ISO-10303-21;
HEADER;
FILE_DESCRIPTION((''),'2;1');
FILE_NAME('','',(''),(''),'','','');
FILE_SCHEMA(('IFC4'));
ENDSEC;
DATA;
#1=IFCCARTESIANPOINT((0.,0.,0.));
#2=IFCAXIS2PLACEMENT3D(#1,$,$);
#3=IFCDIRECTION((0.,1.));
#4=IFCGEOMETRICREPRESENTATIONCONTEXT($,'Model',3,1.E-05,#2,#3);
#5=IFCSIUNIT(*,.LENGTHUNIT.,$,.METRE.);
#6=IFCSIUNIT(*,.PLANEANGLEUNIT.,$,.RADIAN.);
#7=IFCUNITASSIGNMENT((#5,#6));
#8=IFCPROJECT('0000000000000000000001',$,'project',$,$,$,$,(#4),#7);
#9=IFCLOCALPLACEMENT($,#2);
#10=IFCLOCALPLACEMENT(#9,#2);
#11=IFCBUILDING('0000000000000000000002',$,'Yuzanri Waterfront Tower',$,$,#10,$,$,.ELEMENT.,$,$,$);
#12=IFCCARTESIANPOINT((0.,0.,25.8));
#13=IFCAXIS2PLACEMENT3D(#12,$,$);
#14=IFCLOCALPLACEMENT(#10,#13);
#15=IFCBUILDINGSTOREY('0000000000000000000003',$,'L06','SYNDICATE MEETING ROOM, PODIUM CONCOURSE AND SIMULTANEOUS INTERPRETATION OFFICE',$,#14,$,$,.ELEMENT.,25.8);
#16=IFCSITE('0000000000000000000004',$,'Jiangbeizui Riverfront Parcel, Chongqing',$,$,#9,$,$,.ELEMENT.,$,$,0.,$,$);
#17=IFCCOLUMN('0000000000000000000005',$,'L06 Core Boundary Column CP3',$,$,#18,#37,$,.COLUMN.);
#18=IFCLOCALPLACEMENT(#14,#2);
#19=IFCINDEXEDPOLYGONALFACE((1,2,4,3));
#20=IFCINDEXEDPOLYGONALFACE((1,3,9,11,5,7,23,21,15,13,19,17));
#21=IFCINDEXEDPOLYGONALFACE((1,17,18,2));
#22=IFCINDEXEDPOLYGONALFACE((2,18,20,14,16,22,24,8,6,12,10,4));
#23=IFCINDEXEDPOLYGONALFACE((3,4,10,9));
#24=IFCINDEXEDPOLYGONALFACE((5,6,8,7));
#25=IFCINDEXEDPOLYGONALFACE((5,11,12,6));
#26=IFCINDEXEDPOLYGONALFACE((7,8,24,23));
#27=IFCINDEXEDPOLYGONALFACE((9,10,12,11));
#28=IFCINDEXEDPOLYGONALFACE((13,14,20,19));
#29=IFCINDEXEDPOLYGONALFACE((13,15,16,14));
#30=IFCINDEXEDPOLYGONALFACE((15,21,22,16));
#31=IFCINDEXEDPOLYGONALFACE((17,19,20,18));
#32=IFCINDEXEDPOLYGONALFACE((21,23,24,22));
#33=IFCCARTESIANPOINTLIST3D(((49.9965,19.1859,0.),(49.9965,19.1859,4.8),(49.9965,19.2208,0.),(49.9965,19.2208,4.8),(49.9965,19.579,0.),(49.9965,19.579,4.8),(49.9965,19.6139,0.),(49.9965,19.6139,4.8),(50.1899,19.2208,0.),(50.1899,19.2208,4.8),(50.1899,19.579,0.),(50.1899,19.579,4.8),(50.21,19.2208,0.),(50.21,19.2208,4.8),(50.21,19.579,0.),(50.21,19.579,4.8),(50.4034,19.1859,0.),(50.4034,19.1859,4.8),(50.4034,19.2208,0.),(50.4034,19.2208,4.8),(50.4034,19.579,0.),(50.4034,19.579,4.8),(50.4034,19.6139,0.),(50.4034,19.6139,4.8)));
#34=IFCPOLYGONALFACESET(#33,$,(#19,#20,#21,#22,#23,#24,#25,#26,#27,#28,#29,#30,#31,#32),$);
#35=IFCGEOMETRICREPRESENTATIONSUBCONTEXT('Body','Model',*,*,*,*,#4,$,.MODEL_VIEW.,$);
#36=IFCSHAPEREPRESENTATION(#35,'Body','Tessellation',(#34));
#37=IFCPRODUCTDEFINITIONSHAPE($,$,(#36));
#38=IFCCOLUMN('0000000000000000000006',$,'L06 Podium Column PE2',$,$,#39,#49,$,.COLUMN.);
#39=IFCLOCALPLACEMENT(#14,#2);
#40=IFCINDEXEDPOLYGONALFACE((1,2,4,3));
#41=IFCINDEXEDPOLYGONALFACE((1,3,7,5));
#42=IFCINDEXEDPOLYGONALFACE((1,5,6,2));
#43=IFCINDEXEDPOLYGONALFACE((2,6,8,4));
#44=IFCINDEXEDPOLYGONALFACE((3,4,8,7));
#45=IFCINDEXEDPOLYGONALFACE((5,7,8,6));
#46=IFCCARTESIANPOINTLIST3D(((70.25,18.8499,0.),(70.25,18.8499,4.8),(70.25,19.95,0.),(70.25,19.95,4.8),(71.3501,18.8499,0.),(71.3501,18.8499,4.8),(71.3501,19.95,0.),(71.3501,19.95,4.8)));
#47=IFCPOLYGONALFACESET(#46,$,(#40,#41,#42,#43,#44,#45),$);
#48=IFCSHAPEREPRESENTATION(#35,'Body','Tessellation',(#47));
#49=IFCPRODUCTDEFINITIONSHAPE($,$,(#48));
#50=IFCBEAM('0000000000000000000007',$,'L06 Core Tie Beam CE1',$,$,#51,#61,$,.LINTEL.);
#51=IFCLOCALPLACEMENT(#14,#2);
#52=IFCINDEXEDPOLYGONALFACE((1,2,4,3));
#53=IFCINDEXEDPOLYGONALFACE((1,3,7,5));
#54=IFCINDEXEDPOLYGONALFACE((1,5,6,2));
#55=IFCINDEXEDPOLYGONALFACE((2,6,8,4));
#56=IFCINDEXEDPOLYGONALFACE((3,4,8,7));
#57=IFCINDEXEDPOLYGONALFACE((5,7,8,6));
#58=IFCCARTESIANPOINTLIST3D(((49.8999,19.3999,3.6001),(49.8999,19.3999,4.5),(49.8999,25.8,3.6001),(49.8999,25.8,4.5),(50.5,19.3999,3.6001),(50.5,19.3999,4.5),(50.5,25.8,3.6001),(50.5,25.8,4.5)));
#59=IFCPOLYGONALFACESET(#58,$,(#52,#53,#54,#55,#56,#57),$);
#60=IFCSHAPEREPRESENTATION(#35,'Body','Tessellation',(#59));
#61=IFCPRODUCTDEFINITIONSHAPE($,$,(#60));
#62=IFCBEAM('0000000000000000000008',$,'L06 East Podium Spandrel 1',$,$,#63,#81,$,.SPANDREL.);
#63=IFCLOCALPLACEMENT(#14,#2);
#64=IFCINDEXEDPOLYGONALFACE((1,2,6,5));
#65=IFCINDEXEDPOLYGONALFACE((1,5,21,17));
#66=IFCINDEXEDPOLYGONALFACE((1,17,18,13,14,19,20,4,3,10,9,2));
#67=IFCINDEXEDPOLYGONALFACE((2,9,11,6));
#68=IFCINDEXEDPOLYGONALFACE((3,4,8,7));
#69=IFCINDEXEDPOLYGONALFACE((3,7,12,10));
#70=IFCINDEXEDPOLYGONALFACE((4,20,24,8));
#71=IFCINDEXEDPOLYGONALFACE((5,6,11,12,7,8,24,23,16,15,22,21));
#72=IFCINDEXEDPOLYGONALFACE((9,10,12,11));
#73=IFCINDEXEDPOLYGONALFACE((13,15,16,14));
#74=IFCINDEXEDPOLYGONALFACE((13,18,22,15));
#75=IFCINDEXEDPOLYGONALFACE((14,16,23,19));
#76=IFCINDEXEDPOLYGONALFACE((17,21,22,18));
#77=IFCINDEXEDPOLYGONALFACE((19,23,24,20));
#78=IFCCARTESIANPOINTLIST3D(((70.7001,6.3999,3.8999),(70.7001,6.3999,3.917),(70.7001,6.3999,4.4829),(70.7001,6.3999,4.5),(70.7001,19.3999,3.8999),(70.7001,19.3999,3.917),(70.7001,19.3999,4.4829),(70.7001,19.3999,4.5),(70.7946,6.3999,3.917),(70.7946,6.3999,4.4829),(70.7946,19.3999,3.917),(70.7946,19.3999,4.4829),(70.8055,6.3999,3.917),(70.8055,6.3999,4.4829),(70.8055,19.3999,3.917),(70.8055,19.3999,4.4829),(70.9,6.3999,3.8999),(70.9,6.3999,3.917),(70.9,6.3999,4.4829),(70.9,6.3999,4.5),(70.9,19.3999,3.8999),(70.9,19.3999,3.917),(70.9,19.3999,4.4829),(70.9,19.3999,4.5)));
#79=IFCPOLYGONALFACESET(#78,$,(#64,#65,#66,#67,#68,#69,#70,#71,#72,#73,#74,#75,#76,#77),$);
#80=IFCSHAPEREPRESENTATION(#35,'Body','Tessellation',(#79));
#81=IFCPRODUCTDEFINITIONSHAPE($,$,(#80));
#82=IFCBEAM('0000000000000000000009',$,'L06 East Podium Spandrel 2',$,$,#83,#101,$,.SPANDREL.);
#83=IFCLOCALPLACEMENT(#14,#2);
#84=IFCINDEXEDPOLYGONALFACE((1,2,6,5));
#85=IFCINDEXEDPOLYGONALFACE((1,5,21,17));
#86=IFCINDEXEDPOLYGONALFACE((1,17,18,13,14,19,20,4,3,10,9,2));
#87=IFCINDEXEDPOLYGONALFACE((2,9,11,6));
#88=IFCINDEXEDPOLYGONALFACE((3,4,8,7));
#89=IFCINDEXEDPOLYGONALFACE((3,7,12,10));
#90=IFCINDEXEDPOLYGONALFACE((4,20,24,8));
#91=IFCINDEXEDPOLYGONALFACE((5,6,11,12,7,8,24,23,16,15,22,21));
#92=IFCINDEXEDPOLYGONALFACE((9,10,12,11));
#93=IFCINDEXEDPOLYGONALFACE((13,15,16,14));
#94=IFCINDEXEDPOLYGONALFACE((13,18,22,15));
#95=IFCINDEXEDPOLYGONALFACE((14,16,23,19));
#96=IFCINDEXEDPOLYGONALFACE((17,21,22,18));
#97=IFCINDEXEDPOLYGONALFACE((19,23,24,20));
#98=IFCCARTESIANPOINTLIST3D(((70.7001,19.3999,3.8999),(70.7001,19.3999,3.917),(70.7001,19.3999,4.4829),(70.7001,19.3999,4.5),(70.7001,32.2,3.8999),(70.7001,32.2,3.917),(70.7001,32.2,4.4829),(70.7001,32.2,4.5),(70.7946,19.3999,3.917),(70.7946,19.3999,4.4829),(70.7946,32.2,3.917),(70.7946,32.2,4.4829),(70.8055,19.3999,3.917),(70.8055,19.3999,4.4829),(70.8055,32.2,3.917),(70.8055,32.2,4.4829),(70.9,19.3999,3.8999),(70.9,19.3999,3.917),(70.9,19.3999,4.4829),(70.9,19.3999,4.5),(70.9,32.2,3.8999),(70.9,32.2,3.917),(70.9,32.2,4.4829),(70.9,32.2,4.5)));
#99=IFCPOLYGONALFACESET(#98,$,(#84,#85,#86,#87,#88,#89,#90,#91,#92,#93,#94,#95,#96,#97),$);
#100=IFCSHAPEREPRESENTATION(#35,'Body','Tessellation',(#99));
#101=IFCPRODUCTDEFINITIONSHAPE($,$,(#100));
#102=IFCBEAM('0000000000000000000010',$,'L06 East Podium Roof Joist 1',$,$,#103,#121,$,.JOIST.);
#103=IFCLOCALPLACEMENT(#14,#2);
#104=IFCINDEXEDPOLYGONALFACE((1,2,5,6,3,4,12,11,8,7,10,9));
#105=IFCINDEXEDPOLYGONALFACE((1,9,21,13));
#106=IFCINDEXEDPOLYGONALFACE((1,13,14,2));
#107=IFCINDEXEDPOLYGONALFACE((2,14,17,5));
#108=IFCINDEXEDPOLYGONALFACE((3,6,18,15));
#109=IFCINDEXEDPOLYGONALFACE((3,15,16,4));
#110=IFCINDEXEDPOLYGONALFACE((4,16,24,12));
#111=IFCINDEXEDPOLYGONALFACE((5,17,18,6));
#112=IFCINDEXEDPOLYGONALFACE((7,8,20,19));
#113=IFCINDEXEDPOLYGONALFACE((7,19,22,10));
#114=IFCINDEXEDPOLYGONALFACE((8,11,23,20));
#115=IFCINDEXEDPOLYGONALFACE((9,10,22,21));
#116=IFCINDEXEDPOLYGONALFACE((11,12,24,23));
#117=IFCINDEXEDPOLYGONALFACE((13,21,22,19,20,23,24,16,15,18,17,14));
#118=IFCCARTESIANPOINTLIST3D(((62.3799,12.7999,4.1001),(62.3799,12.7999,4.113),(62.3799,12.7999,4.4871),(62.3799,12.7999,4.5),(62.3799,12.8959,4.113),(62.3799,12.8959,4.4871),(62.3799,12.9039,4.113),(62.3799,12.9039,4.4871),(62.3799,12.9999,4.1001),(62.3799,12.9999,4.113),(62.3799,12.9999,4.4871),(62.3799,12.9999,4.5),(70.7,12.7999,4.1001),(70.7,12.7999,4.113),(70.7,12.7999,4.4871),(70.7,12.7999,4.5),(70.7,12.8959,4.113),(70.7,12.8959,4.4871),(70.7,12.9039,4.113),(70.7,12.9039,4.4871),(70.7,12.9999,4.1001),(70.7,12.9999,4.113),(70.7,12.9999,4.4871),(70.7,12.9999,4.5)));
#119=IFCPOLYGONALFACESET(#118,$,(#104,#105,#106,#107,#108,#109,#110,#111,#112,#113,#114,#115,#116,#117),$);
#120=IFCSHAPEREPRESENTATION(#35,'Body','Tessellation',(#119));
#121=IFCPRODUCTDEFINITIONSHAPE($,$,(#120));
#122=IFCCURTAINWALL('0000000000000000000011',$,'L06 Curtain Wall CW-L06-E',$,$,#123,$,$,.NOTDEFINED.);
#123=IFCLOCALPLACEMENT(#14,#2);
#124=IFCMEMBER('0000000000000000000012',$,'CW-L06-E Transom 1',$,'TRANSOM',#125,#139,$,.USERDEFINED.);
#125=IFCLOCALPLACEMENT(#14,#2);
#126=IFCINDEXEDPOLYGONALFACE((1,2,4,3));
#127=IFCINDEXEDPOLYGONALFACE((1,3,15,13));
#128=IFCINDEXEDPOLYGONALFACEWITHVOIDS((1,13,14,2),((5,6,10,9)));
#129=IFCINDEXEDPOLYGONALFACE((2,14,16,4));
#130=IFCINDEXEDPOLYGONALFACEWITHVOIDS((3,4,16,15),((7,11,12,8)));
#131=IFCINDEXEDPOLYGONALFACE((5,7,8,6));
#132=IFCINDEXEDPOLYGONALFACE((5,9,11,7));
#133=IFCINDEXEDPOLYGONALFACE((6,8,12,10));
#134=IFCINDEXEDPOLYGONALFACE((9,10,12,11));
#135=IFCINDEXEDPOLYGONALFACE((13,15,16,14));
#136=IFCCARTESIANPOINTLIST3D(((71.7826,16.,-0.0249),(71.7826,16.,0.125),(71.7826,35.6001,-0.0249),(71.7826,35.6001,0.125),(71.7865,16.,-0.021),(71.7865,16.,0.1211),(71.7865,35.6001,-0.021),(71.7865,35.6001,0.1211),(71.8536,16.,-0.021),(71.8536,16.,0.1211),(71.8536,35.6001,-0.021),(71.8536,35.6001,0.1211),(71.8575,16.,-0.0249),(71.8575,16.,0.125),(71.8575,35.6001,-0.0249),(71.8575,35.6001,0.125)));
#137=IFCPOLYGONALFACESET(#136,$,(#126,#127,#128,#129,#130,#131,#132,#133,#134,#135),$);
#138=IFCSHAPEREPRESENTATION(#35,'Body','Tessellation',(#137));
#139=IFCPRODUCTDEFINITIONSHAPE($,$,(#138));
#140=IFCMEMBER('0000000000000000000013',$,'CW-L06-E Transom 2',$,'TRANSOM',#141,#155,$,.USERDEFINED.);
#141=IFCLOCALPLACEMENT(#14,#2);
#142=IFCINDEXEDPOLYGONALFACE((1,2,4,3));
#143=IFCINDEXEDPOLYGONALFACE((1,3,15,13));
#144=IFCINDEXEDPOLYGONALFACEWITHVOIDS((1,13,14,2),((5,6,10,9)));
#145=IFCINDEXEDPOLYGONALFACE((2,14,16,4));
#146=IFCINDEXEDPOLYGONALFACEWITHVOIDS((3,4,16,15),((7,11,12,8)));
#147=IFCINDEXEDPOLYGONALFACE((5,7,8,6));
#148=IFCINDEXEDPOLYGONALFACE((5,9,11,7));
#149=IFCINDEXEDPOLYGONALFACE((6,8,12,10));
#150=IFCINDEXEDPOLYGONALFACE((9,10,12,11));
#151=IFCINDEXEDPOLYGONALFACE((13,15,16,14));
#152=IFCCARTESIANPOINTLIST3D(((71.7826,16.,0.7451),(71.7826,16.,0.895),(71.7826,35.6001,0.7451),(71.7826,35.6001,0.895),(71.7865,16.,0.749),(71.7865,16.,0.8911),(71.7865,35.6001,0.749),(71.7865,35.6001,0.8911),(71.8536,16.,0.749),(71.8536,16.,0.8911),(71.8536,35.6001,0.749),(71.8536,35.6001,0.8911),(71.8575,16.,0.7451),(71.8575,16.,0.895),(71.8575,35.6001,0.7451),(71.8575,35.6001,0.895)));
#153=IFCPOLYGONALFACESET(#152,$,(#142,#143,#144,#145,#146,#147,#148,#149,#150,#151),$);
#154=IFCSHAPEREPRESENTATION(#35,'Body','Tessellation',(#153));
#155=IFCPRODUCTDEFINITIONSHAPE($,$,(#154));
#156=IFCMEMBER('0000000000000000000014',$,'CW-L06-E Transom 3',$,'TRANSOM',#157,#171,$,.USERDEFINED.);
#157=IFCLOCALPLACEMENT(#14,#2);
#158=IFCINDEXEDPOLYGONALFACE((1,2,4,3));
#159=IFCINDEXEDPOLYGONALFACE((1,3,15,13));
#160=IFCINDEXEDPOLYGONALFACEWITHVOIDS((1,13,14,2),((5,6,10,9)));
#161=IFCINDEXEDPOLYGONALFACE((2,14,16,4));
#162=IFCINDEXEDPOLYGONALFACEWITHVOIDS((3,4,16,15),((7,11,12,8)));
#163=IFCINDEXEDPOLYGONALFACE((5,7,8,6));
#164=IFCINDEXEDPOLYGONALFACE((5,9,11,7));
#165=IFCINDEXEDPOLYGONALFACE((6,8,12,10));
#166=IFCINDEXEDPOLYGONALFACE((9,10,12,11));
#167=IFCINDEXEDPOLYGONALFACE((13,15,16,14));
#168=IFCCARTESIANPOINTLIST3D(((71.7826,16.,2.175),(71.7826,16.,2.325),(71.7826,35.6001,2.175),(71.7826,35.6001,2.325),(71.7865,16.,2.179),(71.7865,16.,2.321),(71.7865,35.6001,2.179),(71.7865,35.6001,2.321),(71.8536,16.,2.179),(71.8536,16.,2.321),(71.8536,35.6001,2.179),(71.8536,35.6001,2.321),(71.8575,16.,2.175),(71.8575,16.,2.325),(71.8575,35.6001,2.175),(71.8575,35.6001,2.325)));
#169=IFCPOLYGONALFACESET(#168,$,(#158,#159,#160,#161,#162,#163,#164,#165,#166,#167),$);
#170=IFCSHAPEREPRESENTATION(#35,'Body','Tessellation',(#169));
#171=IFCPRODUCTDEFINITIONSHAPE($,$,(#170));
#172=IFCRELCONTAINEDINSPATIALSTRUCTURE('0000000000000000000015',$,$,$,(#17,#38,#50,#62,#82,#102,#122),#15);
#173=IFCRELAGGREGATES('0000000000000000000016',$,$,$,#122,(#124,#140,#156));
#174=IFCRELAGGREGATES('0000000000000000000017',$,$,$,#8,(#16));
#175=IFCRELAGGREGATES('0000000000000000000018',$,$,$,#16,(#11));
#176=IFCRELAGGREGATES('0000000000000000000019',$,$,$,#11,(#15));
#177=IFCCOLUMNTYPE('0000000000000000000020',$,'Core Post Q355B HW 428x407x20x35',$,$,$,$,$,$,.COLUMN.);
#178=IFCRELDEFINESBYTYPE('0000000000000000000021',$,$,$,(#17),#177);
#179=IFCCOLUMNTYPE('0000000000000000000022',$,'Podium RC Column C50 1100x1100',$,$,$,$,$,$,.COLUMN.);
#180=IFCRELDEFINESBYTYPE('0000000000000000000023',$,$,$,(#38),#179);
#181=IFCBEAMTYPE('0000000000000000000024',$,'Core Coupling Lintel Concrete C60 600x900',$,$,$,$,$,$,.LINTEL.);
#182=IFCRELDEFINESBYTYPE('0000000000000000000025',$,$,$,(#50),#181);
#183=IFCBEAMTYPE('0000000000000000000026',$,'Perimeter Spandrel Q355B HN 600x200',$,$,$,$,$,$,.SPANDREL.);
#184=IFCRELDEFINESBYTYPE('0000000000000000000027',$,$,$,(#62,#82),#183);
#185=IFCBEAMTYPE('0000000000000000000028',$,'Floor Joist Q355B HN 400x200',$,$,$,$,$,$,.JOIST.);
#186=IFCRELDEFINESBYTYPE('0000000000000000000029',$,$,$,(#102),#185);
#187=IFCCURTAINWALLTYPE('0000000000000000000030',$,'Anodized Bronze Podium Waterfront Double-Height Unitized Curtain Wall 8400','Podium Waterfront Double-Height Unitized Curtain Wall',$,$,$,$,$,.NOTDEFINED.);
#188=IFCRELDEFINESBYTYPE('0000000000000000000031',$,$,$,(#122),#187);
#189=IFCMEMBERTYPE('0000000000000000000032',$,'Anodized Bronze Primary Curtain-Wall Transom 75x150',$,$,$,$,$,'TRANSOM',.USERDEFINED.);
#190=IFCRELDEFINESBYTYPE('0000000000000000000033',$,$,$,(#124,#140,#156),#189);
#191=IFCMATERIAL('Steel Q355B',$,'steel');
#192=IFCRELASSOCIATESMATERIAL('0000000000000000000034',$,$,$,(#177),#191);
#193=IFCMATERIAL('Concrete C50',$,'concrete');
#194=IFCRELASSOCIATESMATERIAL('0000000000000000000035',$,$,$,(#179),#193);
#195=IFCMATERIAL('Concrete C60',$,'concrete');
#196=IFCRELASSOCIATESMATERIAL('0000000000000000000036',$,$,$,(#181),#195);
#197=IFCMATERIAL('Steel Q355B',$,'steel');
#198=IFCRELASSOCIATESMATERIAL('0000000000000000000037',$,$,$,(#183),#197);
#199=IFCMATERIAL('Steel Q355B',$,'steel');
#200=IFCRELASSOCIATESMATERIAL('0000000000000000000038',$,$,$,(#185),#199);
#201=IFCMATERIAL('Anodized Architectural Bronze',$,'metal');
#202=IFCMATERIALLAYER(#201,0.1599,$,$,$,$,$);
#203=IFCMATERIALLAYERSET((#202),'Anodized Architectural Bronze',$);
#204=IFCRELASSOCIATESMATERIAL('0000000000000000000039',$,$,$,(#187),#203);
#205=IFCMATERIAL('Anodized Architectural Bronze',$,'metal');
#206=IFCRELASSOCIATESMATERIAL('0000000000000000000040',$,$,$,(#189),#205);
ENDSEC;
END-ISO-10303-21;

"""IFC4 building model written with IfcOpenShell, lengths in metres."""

from ifc_helpers import new_model, si_unit, direction, frame, origin, origin_2d, place, context, subcontext, project, spatial, rectangle, hollow_rectangle, i_section, extrude, source, transform, mapped, material, layer, layer_set, material_profile, profile_set, type_object, element, aggregate, save


model = new_model("IFC4")

# Units and contexts
model_context = context("Model", 3, precision=1e-05, world=origin(), true_north=direction((0.0, 1.0)))
body_context = subcontext(model_context, "Body", "Model", "MODEL_VIEW")
ifc_project = project(units=[si_unit("LENGTHUNIT", "METRE"), si_unit("PLANEANGLEUNIT", "RADIAN")], contexts=[model_context])

# Site, building, storey
site_placement = place(None, origin())
site = spatial("IfcSite", under=ifc_project, at=site_placement, Name="Jiangbeizui Riverfront Parcel, Chongqing", CompositionType="ELEMENT", RefElevation=0.0)
building_placement = place(site_placement, origin())
building = spatial("IfcBuilding", under=site, at=building_placement, Name="Yuzanri Waterfront Tower", CompositionType="ELEMENT")
storey_placement = place(building_placement, frame((0.0, 0.0, 25.8)))
storey = spatial("IfcBuildingStorey", under=building, at=storey_placement, Name="L06", Description="SYNDICATE MEETING ROOM, PODIUM CONCOURSE AND SIMULTANEOUS INTERPRETATION OFFICE", CompositionType="ELEMENT", Elevation=25.8)

# Columns
ifc_material_1 = material(Name="Steel Q355B", Category="steel")
ifc_material_profile_1 = material_profile(ifc_material_1, i_section(OverallWidth=0.407, OverallDepth=0.428, WebThickness=0.02, FlangeThickness=0.0349, at=origin_2d()), Name="HW 428x407x20x35")
ifc_profile_set_1 = profile_set([ifc_material_profile_1], Name="Steel Q355B")
column_type_1 = type_object("IfcColumnType", Name="Core Post Q355B HW 428x407x20x35", PredefinedType="COLUMN", material=ifc_profile_set_1)
shared_shape_1 = source(origin(), body_context, "Body", "SweptSolid", [
    extrude(i_section(OverallWidth=0.407, OverallDepth=0.428, WebThickness=0.02, FlangeThickness=0.0349, at=origin_2d()), origin(), (0.0, 0.0, 1.0), 4.8),
])
column_1_placement = place(storey_placement, frame((50.2, 19.3999, 0.0), z_axis=(0.0, 0.0, 1.0), x_axis=(1.0, 0.0, 0.0)))
element("IfcColumn", 1, at=column_1_placement, inside=storey, type_object=column_type_1, Name="L06 Core Boundary Column CP3", PredefinedType="COLUMN", context=body_context, shape_type="MappedRepresentation", body=[
    mapped(shared_shape_1, transform((0.0, 0.0, 0.0), scale=1.0)),
])
ifc_material_2 = material(Name="Concrete C50", Category="concrete")
ifc_material_profile_2 = material_profile(ifc_material_2, rectangle(XDim=1.1001, YDim=1.1001, at=origin_2d()), Name="RC 1100x1100")
ifc_profile_set_2 = profile_set([ifc_material_profile_2], Name="Concrete C50")
column_type_2 = type_object("IfcColumnType", Name="Podium RC Column C50 1100x1100", PredefinedType="COLUMN", material=ifc_profile_set_2)
shared_shape_2 = source(origin(), body_context, "Body", "SweptSolid", [
    extrude(rectangle(XDim=1.1001, YDim=1.1001, at=origin_2d()), origin(), (0.0, 0.0, 1.0), 4.8),
])
column_2_placement = place(storey_placement, frame((70.8, 19.3999, 0.0), z_axis=(0.0, 0.0, 1.0), x_axis=(1.0, 0.0, 0.0)))
element("IfcColumn", 2, at=column_2_placement, inside=storey, type_object=column_type_2, Name="L06 Podium Column PE2", PredefinedType="COLUMN", context=body_context, shape_type="MappedRepresentation", body=[
    mapped(shared_shape_2, transform((0.0, 0.0, 0.0), scale=1.0)),
])

# Beams
ifc_material_3 = material(Name="Concrete C60", Category="concrete")
ifc_material_profile_3 = material_profile(ifc_material_3, rectangle(XDim=0.6001, YDim=0.8999, at=origin_2d()), Name="RC 600x900")
ifc_profile_set_3 = profile_set([ifc_material_profile_3], Name="Concrete C60")
beam_type_1 = type_object("IfcBeamType", Name="Core Coupling Lintel Concrete C60 600x900", PredefinedType="LINTEL", material=ifc_profile_set_3)
shared_shape_3 = source(origin(), body_context, "Body", "SweptSolid", [
    extrude(rectangle(XDim=0.6001, YDim=0.8999, at=origin_2d()), origin(), (0.0, 0.0, 1.0), 6.4001),
])
beam_1_placement = place(storey_placement, frame((50.2, 19.3999, 4.05), z_axis=(0.0, 1.0, 0.0), x_axis=(-1.0, 0.0, 0.0)))
element("IfcBeam", 3, at=beam_1_placement, inside=storey, type_object=beam_type_1, Name="L06 Core Tie Beam CE1", PredefinedType="LINTEL", context=body_context, shape_type="MappedRepresentation", body=[
    mapped(shared_shape_3, transform((0.0, 0.0, 0.0), scale=1.0)),
])
ifc_material_4 = material(Name="Steel Q355B", Category="steel")
ifc_material_profile_4 = material_profile(ifc_material_4, i_section(OverallWidth=0.2, OverallDepth=0.6001, WebThickness=0.011, FlangeThickness=0.0171, at=origin_2d()), Name="HN 600x200x11x17")
ifc_profile_set_4 = profile_set([ifc_material_profile_4], Name="Steel Q355B")
beam_type_2 = type_object("IfcBeamType", Name="Perimeter Spandrel Q355B HN 600x200", PredefinedType="SPANDREL", material=ifc_profile_set_4)
shared_shape_4 = source(origin(), body_context, "Body", "SweptSolid", [
    extrude(i_section(OverallWidth=0.2, OverallDepth=0.6001, WebThickness=0.011, FlangeThickness=0.0171, at=origin_2d()), origin(), (0.0, 0.0, 1.0), 13.0),
])
beam_2_placement = place(storey_placement, frame((70.8, 6.3999, 4.2), z_axis=(0.0, 1.0, 0.0), x_axis=(-1.0, 0.0, 0.0)))
element("IfcBeam", 4, at=beam_2_placement, inside=storey, type_object=beam_type_2, Name="L06 East Podium Spandrel 1", PredefinedType="SPANDREL", context=body_context, shape_type="MappedRepresentation", body=[
    mapped(shared_shape_4, transform((0.0, 0.0, 0.0), scale=1.0)),
])
shared_shape_5 = source(origin(), body_context, "Body", "SweptSolid", [
    extrude(i_section(OverallWidth=0.2, OverallDepth=0.6001, WebThickness=0.011, FlangeThickness=0.0171, at=origin_2d()), origin(), (0.0, 0.0, 1.0), 12.8),
])
beam_3_placement = place(storey_placement, frame((70.8, 19.3999, 4.2), z_axis=(0.0, 1.0, 0.0), x_axis=(-1.0, 0.0, 0.0)))
element("IfcBeam", 5, at=beam_3_placement, inside=storey, type_object=beam_type_2, Name="L06 East Podium Spandrel 2", PredefinedType="SPANDREL", context=body_context, shape_type="MappedRepresentation", body=[
    mapped(shared_shape_5, transform((0.0, 0.0, 0.0), scale=1.0)),
])
ifc_material_5 = material(Name="Steel Q355B", Category="steel")
ifc_material_profile_5 = material_profile(ifc_material_5, i_section(OverallWidth=0.2, OverallDepth=0.3999, WebThickness=0.0081, FlangeThickness=0.0129, at=origin_2d()), Name="HN 400x200x8x13")
ifc_profile_set_5 = profile_set([ifc_material_profile_5], Name="Steel Q355B")
beam_type_3 = type_object("IfcBeamType", Name="Floor Joist Q355B HN 400x200", PredefinedType="JOIST", material=ifc_profile_set_5)
shared_shape_6 = source(origin(), body_context, "Body", "SweptSolid", [
    extrude(i_section(OverallWidth=0.2, OverallDepth=0.3999, WebThickness=0.0081, FlangeThickness=0.0129, at=origin_2d()), origin(), (0.0, 0.0, 1.0), 8.3201),
])
beam_4_placement = place(storey_placement, frame((62.3799, 12.8999, 4.3), z_axis=(1.0, 0.0, 0.0), x_axis=(0.0, 1.0, 0.0)))
element("IfcBeam", 6, at=beam_4_placement, inside=storey, type_object=beam_type_3, Name="L06 East Podium Roof Joist 1", PredefinedType="JOIST", context=body_context, shape_type="MappedRepresentation", body=[
    mapped(shared_shape_6, transform((0.0, 0.0, 0.0), scale=1.0)),
])

# Curtain wall, members
ifc_material_6 = material(Name="Anodized Architectural Bronze", Category="metal")
ifc_layer_1 = layer(ifc_material_6, 0.1599)
ifc_layer_set_1 = layer_set([ifc_layer_1], Name="Anodized Architectural Bronze")
curtain_wall_type = type_object("IfcCurtainWallType", Name="Anodized Bronze Podium Waterfront Double-Height Unitized Curtain Wall 8400", Description="Podium Waterfront Double-Height Unitized Curtain Wall", PredefinedType="NOTDEFINED", material=ifc_layer_set_1)
curtain_wall_placement = place(storey_placement, origin())
curtain_wall = element("IfcCurtainWall", 7, at=curtain_wall_placement, inside=storey, type_object=curtain_wall_type, Name="L06 Curtain Wall CW-L06-E", PredefinedType="NOTDEFINED")
ifc_material_7 = material(Name="Anodized Architectural Bronze", Category="metal")
ifc_material_profile_6 = material_profile(ifc_material_7, hollow_rectangle(XDim=0.075, YDim=0.1499, WallThickness=0.0039, at=origin_2d()), Name="CWT 75x150")
ifc_profile_set_6 = profile_set([ifc_material_profile_6], Name="Anodized Architectural Bronze")
member_type_1 = type_object("IfcMemberType", Name="Anodized Bronze Primary Curtain-Wall Transom 75x150", ElementType="TRANSOM", PredefinedType="USERDEFINED", material=ifc_profile_set_6)
shared_shape_7 = source(origin(), body_context, "Body", "SweptSolid", [
    extrude(hollow_rectangle(XDim=0.075, YDim=0.1499, WallThickness=0.0039, at=origin_2d()), origin(), (0.0, 0.0, 1.0), 19.6001),
])
member_1_placement = place(storey_placement, frame((71.8201, 16.0, 0.05), z_axis=(0.0, 1.0, 0.0), x_axis=(-1.0, 0.0, 0.0)))
member_1 = element("IfcMember", 8, at=member_1_placement, type_object=member_type_1, Name="CW-L06-E Transom 1", ObjectType="TRANSOM", PredefinedType="USERDEFINED", context=body_context, shape_type="MappedRepresentation", body=[
    mapped(shared_shape_7, transform((0.0, 0.0, 0.0), scale=1.0)),
])
member_2_placement = place(storey_placement, frame((71.8201, 16.0, 0.8201), z_axis=(0.0, 1.0, 0.0), x_axis=(-1.0, 0.0, 0.0)))
member_2 = element("IfcMember", 9, at=member_2_placement, type_object=member_type_1, Name="CW-L06-E Transom 2", ObjectType="TRANSOM", PredefinedType="USERDEFINED", context=body_context, shape_type="MappedRepresentation", body=[
    mapped(shared_shape_7, transform((0.0, 0.0, 0.0), scale=1.0)),
])
member_3_placement = place(storey_placement, frame((71.8201, 16.0, 2.25), z_axis=(0.0, 1.0, 0.0), x_axis=(-1.0, 0.0, 0.0)))
member_3 = element("IfcMember", 10, at=member_3_placement, type_object=member_type_1, Name="CW-L06-E Transom 3", ObjectType="TRANSOM", PredefinedType="USERDEFINED", context=body_context, shape_type="MappedRepresentation", body=[
    mapped(shared_shape_7, transform((0.0, 0.0, 0.0), scale=1.0)),
])
aggregate(curtain_wall, [member_1, member_2, member_3])

save(model, "model.ifc")
